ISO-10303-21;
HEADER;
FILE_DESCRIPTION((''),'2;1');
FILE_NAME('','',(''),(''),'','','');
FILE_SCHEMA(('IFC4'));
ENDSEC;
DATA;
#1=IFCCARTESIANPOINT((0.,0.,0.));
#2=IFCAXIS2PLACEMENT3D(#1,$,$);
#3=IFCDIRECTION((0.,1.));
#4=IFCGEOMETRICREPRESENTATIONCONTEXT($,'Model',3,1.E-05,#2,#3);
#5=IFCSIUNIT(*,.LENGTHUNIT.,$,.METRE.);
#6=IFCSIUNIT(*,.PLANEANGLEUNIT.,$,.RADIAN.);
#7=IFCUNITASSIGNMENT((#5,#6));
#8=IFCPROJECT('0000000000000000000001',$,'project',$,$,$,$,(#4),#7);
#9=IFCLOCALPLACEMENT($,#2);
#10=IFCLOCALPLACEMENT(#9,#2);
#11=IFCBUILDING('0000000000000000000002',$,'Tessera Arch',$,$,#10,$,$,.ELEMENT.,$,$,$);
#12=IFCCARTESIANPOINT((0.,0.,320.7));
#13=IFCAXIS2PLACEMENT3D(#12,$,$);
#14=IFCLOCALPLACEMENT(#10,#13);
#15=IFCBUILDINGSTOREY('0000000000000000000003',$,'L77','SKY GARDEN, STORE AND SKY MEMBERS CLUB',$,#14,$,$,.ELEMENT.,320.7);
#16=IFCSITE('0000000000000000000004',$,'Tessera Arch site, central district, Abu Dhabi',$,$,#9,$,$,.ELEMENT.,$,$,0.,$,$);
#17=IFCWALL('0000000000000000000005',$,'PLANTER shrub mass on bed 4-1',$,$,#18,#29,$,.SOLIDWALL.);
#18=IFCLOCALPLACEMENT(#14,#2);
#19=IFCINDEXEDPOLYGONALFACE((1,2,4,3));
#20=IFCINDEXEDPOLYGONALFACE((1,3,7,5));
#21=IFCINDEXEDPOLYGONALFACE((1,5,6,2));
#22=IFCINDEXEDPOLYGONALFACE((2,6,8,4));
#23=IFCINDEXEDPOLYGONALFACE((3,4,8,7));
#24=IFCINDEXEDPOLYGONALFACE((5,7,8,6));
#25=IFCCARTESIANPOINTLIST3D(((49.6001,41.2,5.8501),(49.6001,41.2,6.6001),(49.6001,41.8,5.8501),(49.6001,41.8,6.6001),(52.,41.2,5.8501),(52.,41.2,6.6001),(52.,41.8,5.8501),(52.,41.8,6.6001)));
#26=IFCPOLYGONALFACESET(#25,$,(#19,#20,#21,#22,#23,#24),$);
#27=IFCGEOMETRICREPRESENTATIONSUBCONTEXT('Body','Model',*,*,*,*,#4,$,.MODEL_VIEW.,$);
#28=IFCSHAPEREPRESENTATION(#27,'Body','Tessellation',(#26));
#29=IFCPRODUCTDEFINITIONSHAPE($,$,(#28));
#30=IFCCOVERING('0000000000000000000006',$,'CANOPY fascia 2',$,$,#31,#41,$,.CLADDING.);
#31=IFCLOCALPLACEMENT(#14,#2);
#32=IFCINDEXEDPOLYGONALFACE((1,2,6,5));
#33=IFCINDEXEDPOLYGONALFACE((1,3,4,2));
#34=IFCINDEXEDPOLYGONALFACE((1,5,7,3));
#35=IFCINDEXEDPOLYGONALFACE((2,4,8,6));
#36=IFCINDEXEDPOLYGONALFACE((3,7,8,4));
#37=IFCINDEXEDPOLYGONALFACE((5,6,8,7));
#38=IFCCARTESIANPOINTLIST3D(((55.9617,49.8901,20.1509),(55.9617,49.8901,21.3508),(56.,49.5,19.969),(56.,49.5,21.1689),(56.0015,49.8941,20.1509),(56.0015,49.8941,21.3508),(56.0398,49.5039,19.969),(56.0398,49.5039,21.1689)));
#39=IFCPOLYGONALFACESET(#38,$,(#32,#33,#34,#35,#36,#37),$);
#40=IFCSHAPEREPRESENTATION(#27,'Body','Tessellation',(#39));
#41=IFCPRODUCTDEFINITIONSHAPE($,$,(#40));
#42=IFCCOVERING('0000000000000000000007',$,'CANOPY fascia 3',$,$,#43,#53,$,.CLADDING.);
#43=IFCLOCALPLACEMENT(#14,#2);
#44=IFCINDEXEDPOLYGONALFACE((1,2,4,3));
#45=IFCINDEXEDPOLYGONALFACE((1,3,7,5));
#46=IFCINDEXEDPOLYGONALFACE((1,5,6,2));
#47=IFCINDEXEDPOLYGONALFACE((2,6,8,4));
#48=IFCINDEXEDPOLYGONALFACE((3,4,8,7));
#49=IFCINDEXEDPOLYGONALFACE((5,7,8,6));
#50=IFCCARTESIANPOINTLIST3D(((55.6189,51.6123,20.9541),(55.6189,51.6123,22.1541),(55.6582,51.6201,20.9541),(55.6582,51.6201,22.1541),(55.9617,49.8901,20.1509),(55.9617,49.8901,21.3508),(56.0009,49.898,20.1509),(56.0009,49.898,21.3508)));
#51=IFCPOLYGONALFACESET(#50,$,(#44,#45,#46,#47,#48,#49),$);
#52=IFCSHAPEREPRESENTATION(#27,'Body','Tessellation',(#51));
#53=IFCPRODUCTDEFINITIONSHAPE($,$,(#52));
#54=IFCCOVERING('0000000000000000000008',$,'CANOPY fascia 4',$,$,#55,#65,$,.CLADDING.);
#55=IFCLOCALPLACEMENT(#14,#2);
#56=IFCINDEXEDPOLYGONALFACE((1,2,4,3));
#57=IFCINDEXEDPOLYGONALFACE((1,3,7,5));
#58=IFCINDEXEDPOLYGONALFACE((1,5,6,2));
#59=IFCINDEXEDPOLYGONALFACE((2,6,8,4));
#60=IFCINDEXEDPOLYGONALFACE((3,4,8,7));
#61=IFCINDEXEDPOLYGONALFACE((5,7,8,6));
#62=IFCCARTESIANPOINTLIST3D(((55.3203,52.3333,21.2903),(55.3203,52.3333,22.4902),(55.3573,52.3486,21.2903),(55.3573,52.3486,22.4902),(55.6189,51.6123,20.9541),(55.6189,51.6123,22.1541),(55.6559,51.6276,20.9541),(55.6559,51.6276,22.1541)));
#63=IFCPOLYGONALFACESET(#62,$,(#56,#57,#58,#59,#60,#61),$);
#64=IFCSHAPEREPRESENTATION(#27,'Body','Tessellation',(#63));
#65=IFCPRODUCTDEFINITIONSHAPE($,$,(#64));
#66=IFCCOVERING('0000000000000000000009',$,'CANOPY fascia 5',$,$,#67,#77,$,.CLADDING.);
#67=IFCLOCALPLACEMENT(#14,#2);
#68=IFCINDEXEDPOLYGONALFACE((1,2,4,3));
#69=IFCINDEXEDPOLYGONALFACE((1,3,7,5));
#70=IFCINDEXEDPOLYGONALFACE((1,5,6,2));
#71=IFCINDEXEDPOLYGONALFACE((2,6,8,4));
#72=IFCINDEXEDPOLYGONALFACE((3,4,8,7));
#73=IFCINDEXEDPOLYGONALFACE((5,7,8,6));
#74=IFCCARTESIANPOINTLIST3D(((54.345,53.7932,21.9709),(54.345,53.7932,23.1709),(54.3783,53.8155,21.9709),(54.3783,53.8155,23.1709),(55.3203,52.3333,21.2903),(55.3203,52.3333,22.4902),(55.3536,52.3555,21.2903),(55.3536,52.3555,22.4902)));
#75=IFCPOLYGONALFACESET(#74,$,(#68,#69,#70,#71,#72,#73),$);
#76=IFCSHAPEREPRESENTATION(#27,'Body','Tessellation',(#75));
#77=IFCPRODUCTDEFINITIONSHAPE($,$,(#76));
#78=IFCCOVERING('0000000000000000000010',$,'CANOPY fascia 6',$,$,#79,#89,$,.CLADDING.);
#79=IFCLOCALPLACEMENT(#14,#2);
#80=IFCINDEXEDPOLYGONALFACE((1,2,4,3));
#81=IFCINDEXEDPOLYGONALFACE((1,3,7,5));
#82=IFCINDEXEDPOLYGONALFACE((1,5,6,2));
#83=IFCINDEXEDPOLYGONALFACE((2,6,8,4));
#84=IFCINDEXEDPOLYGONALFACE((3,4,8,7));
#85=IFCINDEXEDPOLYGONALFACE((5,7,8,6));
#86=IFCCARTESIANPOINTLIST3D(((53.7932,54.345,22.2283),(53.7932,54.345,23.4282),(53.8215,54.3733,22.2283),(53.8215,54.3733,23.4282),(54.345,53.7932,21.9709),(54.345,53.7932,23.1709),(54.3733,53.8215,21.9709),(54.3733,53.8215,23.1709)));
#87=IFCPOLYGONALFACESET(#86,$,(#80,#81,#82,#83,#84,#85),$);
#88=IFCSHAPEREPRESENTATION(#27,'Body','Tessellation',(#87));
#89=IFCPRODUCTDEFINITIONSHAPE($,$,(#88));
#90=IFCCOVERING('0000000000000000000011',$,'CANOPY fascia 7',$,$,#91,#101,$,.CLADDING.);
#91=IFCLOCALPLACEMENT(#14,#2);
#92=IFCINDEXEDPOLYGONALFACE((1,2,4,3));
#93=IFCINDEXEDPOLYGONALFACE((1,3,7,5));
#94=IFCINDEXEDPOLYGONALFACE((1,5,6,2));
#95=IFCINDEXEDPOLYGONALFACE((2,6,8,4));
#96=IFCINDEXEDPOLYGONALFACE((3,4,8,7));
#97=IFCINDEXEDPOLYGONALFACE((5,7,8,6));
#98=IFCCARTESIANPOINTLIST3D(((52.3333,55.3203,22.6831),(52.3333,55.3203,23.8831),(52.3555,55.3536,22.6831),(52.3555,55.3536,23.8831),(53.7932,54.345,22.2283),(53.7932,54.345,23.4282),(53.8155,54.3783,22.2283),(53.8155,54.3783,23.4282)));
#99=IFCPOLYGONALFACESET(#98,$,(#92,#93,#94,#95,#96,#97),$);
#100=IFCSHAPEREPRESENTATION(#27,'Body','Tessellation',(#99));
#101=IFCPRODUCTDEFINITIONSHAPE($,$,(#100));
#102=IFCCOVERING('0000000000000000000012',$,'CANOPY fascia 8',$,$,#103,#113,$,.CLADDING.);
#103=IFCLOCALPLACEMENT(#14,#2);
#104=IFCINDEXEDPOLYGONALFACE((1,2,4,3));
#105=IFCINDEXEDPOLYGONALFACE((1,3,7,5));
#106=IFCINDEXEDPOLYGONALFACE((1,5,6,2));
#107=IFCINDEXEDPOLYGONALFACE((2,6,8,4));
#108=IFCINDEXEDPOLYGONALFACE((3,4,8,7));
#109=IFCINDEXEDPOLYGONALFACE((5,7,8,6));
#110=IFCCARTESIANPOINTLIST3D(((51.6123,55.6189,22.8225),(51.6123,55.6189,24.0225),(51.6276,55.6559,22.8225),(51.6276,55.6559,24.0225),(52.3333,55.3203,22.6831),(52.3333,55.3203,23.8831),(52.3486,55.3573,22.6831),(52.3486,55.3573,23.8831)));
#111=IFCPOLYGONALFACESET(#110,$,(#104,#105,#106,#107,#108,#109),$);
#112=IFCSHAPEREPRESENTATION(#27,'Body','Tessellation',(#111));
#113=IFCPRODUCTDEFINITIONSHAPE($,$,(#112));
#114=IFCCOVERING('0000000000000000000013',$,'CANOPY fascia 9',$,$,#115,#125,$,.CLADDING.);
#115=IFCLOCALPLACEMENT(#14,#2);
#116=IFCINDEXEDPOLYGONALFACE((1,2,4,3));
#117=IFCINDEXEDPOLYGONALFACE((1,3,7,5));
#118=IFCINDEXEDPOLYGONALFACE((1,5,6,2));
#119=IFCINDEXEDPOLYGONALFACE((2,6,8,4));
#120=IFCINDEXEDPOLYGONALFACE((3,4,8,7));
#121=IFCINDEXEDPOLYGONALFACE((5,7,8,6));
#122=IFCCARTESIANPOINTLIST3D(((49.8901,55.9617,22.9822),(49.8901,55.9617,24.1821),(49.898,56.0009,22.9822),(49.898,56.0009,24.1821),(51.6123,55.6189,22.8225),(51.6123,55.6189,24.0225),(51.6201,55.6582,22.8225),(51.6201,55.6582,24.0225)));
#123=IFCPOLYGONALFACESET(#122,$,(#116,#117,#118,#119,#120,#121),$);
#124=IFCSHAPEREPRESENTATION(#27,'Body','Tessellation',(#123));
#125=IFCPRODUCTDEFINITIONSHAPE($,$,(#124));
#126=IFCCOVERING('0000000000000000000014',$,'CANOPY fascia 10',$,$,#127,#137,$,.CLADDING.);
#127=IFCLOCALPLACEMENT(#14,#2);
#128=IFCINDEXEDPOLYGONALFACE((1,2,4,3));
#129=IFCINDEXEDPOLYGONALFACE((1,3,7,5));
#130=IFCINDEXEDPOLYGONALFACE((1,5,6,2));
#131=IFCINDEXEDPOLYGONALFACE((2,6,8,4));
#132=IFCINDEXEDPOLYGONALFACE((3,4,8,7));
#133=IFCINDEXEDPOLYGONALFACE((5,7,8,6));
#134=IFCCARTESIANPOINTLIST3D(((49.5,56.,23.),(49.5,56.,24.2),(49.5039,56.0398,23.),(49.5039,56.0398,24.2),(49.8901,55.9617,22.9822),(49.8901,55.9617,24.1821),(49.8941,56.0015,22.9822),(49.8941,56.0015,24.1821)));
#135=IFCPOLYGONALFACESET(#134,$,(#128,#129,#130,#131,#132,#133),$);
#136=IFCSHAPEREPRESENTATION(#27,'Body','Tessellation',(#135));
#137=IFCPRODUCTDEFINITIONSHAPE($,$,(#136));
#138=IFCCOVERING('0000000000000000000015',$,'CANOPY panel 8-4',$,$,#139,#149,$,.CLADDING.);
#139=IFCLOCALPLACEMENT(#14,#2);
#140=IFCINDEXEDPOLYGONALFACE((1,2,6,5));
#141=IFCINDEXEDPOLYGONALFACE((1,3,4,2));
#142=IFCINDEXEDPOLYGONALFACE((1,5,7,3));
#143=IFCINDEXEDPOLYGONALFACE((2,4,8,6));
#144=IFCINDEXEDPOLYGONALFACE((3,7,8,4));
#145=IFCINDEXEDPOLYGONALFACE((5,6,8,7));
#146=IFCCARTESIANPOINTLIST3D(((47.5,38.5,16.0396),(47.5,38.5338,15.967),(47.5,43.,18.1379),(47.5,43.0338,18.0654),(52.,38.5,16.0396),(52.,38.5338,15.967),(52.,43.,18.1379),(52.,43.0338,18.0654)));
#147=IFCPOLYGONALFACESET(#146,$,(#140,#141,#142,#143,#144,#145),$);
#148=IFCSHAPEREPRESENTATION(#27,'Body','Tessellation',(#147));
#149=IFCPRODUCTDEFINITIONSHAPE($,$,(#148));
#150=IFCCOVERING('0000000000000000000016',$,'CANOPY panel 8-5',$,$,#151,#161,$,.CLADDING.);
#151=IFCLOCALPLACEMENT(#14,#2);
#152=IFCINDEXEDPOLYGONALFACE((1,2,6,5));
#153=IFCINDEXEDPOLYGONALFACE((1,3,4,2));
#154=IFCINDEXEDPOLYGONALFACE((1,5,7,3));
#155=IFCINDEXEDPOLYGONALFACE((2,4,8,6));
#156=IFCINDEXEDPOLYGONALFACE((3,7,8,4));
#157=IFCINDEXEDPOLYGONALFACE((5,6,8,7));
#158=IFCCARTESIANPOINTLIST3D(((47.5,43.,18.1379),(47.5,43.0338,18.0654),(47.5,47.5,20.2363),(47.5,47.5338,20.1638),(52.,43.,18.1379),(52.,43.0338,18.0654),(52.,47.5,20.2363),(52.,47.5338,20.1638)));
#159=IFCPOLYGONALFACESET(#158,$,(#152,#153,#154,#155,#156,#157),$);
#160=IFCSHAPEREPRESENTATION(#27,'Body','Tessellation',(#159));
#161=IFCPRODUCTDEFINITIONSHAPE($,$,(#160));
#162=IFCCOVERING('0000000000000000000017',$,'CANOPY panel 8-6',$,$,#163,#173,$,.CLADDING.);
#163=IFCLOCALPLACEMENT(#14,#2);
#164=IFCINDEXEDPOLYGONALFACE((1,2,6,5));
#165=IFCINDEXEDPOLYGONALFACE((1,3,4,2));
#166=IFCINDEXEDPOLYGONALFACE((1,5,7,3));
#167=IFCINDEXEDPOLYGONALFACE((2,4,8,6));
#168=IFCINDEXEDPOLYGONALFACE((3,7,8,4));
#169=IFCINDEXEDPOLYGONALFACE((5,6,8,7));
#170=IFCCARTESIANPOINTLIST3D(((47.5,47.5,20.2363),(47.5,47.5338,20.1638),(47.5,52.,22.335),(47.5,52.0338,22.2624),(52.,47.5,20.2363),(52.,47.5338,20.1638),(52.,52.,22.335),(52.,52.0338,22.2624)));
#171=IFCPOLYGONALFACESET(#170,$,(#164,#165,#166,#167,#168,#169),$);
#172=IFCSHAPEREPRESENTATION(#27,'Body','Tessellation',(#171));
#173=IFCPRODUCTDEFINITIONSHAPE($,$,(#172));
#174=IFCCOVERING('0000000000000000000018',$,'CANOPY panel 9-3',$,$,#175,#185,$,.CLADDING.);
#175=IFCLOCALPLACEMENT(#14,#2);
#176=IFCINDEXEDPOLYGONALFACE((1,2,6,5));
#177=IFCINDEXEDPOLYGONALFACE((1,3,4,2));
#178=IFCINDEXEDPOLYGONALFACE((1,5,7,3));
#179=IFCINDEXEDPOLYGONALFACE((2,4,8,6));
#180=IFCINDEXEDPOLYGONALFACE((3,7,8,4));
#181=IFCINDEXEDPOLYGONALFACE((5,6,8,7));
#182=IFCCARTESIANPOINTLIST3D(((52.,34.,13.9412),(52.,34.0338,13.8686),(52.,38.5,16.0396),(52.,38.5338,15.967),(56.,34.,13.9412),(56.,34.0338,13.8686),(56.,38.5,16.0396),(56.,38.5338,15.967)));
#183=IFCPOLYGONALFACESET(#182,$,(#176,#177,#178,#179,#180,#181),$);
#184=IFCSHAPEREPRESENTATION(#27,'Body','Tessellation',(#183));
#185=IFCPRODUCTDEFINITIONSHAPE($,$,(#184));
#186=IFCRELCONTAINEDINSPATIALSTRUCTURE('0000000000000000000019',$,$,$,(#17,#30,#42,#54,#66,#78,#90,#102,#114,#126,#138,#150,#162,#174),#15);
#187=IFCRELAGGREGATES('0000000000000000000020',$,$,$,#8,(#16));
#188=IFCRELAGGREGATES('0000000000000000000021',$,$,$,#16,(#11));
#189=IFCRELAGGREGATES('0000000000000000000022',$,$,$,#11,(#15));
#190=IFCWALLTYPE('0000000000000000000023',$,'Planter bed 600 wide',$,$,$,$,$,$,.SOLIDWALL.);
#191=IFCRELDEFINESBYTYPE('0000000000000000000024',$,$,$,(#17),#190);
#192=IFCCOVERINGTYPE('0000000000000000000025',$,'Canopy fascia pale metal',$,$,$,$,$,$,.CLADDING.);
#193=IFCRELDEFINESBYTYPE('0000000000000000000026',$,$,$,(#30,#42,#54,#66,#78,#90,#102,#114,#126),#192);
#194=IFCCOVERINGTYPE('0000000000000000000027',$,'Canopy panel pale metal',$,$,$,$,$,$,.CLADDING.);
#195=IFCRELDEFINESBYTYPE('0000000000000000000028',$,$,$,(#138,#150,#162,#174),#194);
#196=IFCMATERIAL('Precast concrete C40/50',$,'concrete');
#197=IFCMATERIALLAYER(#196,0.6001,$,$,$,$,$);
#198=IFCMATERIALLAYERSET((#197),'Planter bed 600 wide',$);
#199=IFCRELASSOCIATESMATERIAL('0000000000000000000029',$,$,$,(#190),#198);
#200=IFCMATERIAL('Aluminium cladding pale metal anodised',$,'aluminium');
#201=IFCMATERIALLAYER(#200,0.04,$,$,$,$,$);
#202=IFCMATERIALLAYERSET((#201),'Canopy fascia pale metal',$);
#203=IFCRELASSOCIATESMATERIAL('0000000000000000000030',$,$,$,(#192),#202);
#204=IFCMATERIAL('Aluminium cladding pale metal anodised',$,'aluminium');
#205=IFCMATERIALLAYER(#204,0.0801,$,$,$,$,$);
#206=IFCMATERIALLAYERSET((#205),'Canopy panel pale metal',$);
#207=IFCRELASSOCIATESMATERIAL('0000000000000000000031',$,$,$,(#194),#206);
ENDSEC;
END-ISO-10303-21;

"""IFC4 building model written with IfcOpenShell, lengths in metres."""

from ifc_helpers import new_model, si_unit, direction, frame, frame_2d, origin, place, context, subcontext, project, spatial, polyline, rectangle, outline, extrude, material, layer, layer_set, type_object, element, save


model = new_model("IFC4")

# Units and contexts
model_context = context("Model", 3, precision=1e-05, world=origin(), true_north=direction((0.0, 1.0)))
body_context = subcontext(model_context, "Body", "Model", "MODEL_VIEW")
ifc_project = project(units=[si_unit("LENGTHUNIT", "METRE"), si_unit("PLANEANGLEUNIT", "RADIAN")], contexts=[model_context])

# Site, building, storey
site_placement = place(None, origin())
site = spatial("IfcSite", under=ifc_project, at=site_placement, Name="Tessera Arch site, central district, Abu Dhabi", CompositionType="ELEMENT", RefElevation=0.0)
building_placement = place(site_placement, origin())
building = spatial("IfcBuilding", under=site, at=building_placement, Name="Tessera Arch", CompositionType="ELEMENT")
storey_placement = place(building_placement, frame((0.0, 0.0, 320.7)))
storey = spatial("IfcBuildingStorey", under=building, at=storey_placement, Name="L77", Description="SKY GARDEN, STORE AND SKY MEMBERS CLUB", CompositionType="ELEMENT", Elevation=320.7)

# Wall
ifc_material_1 = material(Name="Precast concrete C40/50", Category="concrete")
ifc_layer_1 = layer(ifc_material_1, 0.6001)
ifc_layer_set_1 = layer_set([ifc_layer_1], Name="Planter bed 600 wide")
wall_type = type_object("IfcWallType", Name="Planter bed 600 wide", PredefinedType="SOLIDWALL", material=ifc_layer_set_1)
wall_placement = place(storey_placement, frame((49.6001, 41.5, 5.8501), z_axis=(0.0, 0.0, 1.0), x_axis=(1.0, 0.0, 0.0)))
element("IfcWall", 1, at=wall_placement, inside=storey, type_object=wall_type, Name="PLANTER shrub mass on bed 4-1", PredefinedType="SOLIDWALL", context=body_context, shape_type="SweptSolid", body=[
    extrude(rectangle(XDim=2.3999, YDim=0.6001, at=frame_2d((1.2, 0.0))), origin(), (0.0, 0.0, 1.0), 0.75),
])

# Coverings
ifc_material_2 = material(Name="Aluminium cladding pale metal anodised", Category="aluminium")
ifc_layer_2 = layer(ifc_material_2, 0.04)
ifc_layer_set_2 = layer_set([ifc_layer_2], Name="Canopy fascia pale metal")
covering_type_1 = type_object("IfcCoveringType", Name="Canopy fascia pale metal", PredefinedType="CLADDING", material=ifc_layer_set_2)
covering_1_placement = place(storey_placement, frame((56.0, 49.5, 21.1689), z_axis=(-0.995208, -0.097777, 0.0), x_axis=(-0.088695, 0.90277, 0.420879)))
element("IfcCovering", 2, at=covering_1_placement, inside=storey, type_object=covering_type_1, Name="CANOPY fascia 2", PredefinedType="CLADDING", context=body_context, shape_type="SweptSolid", body=[
    extrude(outline(polyline([(0.0, 0.0), (0.4322, 0.0), (-0.0729, 1.0885), (-0.505, 1.0885), (0.0, 0.0)])), origin(), (0.0, 0.0, -1.0), 0.04),
])
covering_2_placement = place(storey_placement, frame((55.9617, 49.8901, 21.3508), z_axis=(-0.980762, -0.195207, 0.0), x_axis=(-0.177517, 0.891881, 0.415975)))
element("IfcCovering", 3, at=covering_2_placement, inside=storey, type_object=covering_type_1, Name="CANOPY fascia 3", PredefinedType="CLADDING", context=body_context, shape_type="SweptSolid", body=[
    extrude(outline(polyline([(0.0, 0.0), (1.9309, 0.0), (1.4318, 1.0912), (-0.4992, 1.0912), (0.0, 0.0)])), origin(), (0.0, 0.0, -1.0), 0.04),
])
covering_3_placement = place(storey_placement, frame((55.6189, 51.6123, 22.1541), z_axis=(-0.923899, -0.382637, 0.0), x_axis=(-0.351413, 0.848505, 0.395662)))
element("IfcCovering", 4, at=covering_3_placement, inside=storey, type_object=covering_type_1, Name="CANOPY fascia 4", PredefinedType="CLADDING", context=body_context, shape_type="SweptSolid", body=[
    extrude(outline(polyline([(0.0, 0.0), (0.8497, 0.0), (0.3749, 1.102), (-0.4748, 1.102), (0.0, 0.0)])), origin(), (0.0, 0.0, -1.0), 0.04),
])
covering_4_placement = place(storey_placement, frame((55.3203, 52.3333, 22.4902), z_axis=(-0.831515, -0.555502, 0.0), x_axis=(-0.517944, 0.775295, 0.361459)))
element("IfcCovering", 5, at=covering_4_placement, inside=storey, type_object=covering_type_1, Name="CANOPY fascia 5", PredefinedType="CLADDING", context=body_context, shape_type="SweptSolid", body=[
    extrude(outline(polyline([(0.0, 0.0), (1.8831, 0.0), (1.4494, 1.1188), (-0.4337, 1.1188), (0.0, 0.0)])), origin(), (0.0, 0.0, -1.0), 0.04),
])
covering_5_placement = place(storey_placement, frame((54.345, 53.7932, 23.1709), z_axis=(-0.707107, -0.707107, 0.0), x_axis=(-0.671534, 0.671534, 0.313184)))
element("IfcCovering", 6, at=covering_5_placement, inside=storey, type_object=covering_type_1, Name="CANOPY fascia 6", PredefinedType="CLADDING", context=body_context, shape_type="SweptSolid", body=[
    extrude(outline(polyline([(0.0, 0.0), (0.8216, 0.0), (0.4458, 1.1396), (-0.3758, 1.1396), (0.0, 0.0)])), origin(), (0.0, 0.0, -1.0), 0.04),
])
covering_6_placement = place(storey_placement, frame((53.7932, 54.345, 23.4282), z_axis=(-0.555502, -0.831515, 0.0), x_axis=(-0.804945, 0.537752, 0.250771)))
element("IfcCovering", 7, at=covering_6_placement, inside=storey, type_object=covering_type_1, Name="CANOPY fascia 7", PredefinedType="CLADDING", context=body_context, shape_type="SweptSolid", body=[
    extrude(outline(polyline([(0.0, 0.0), (1.8137, 0.0), (1.5128, 1.1616), (-0.3009, 1.1616), (0.0, 0.0)])), origin(), (0.0, 0.0, -1.0), 0.04),
])
covering_7_placement = place(storey_placement, frame((52.3333, 55.3203, 23.8831), z_axis=(-0.382637, -0.923899, 0.0), x_axis=(-0.909499, 0.376674, 0.175863)))
element("IfcCovering", 8, at=covering_7_placement, inside=storey, type_object=covering_type_1, Name="CANOPY fascia 8", PredefinedType="CLADDING", context=body_context, shape_type="SweptSolid", body=[
    extrude(outline(polyline([(0.0, 0.0), (0.7927, 0.0), (0.5817, 1.1812), (-0.211, 1.1812), (0.0, 0.0)])), origin(), (0.0, 0.0, -1.0), 0.04),
])
covering_8_placement = place(storey_placement, frame((51.6123, 55.6189, 24.0225), z_axis=(-0.195207, -0.980762, 0.0), x_axis=(-0.976732, 0.194405, 0.090556)))
element("IfcCovering", 9, at=covering_8_placement, inside=storey, type_object=covering_type_1, Name="CANOPY fascia 9", PredefinedType="CLADDING", context=body_context, shape_type="SweptSolid", body=[
    extrude(outline(polyline([(0.0, 0.0), (1.7632, 0.0), (1.6545, 1.195), (-0.1087, 1.195), (0.0, 0.0)])), origin(), (0.0, 0.0, -1.0), 0.04),
])
covering_9_placement = place(storey_placement, frame((49.8901, 55.9617, 24.1821), z_axis=(-0.097777, -0.995208, 0.0), x_axis=(-0.994181, 0.097676, 0.045416)))
element("IfcCovering", 10, at=covering_9_placement, inside=storey, type_object=covering_type_1, Name="CANOPY fascia 10", PredefinedType="CLADDING", context=body_context, shape_type="SweptSolid", body=[
    extrude(outline(polyline([(0.0, 0.0), (0.3924, 0.0), (0.3379, 1.1987), (-0.0545, 1.1987), (0.0, 0.0)])), origin(), (0.0, 0.0, -1.0), 0.04),
])
ifc_material_3 = material(Name="Aluminium cladding pale metal anodised", Category="aluminium")
ifc_layer_3 = layer(ifc_material_3, 0.0801)
ifc_layer_set_3 = layer_set([ifc_layer_3], Name="Canopy panel pale metal")
covering_type_2 = type_object("IfcCoveringType", Name="Canopy panel pale metal", PredefinedType="CLADDING", material=ifc_layer_set_3)
for number, where, z_axis, x_axis, name in (
    (11, (52.0, 38.5, 16.0396), (0.0, -0.422619, 0.906307), (0.0, 0.906307, 0.422619), "CANOPY panel 8-4"),
    (12, (52.0, 43.0, 18.1379), (0.0, -0.422619, 0.906307), (0.0, 0.906307, 0.422619), "CANOPY panel 8-5"),
):
    element("IfcCovering", number, at=place(storey_placement, frame(where, z_axis=z_axis, x_axis=x_axis)), inside=storey, type_object=covering_type_2, Name=name, PredefinedType="CLADDING", context=body_context, shape_type="SweptSolid", body=[
        extrude(outline(polyline([(0.0, 0.0), (4.9652, 0.0), (4.9652, 4.5), (0.0, 4.5), (0.0, 0.0)])), origin(), (0.0, 0.0, -1.0), 0.0801),
    ])
covering_10_placement = place(storey_placement, frame((52.0, 47.5, 20.2363), z_axis=(0.0, -0.422659, 0.906289), x_axis=(0.0, 0.906289, 0.422659)))
element("IfcCovering", 13, at=covering_10_placement, inside=storey, type_object=covering_type_2, Name="CANOPY panel 8-6", PredefinedType="CLADDING", context=body_context, shape_type="SweptSolid", body=[
    extrude(outline(polyline([(0.0, 0.0), (4.9653, 0.0), (4.9653, 4.5), (0.0, 4.5), (0.0, 0.0)])), origin(), (0.0, 0.0, -1.0), 0.0801),
])
for number, where, z_axis, x_axis, name in (
    (14, (56.0, 38.5, 16.0396), (0.0, -0.422619, 0.906307), (-1.0, 0.0, 0.0), "CANOPY panel 9-3"),
):
    element("IfcCovering", number, at=place(storey_placement, frame(where, z_axis=z_axis, x_axis=x_axis)), inside=storey, type_object=covering_type_2, Name=name, PredefinedType="CLADDING", context=body_context, shape_type="SweptSolid", body=[
        extrude(outline(polyline([(0.0, 0.0), (4.0, 0.0), (4.0, 4.9652), (0.0, 4.9652), (0.0, 0.0)])), origin(), (0.0, 0.0, -1.0), 0.0801),
    ])

save(model, "model.ifc")
